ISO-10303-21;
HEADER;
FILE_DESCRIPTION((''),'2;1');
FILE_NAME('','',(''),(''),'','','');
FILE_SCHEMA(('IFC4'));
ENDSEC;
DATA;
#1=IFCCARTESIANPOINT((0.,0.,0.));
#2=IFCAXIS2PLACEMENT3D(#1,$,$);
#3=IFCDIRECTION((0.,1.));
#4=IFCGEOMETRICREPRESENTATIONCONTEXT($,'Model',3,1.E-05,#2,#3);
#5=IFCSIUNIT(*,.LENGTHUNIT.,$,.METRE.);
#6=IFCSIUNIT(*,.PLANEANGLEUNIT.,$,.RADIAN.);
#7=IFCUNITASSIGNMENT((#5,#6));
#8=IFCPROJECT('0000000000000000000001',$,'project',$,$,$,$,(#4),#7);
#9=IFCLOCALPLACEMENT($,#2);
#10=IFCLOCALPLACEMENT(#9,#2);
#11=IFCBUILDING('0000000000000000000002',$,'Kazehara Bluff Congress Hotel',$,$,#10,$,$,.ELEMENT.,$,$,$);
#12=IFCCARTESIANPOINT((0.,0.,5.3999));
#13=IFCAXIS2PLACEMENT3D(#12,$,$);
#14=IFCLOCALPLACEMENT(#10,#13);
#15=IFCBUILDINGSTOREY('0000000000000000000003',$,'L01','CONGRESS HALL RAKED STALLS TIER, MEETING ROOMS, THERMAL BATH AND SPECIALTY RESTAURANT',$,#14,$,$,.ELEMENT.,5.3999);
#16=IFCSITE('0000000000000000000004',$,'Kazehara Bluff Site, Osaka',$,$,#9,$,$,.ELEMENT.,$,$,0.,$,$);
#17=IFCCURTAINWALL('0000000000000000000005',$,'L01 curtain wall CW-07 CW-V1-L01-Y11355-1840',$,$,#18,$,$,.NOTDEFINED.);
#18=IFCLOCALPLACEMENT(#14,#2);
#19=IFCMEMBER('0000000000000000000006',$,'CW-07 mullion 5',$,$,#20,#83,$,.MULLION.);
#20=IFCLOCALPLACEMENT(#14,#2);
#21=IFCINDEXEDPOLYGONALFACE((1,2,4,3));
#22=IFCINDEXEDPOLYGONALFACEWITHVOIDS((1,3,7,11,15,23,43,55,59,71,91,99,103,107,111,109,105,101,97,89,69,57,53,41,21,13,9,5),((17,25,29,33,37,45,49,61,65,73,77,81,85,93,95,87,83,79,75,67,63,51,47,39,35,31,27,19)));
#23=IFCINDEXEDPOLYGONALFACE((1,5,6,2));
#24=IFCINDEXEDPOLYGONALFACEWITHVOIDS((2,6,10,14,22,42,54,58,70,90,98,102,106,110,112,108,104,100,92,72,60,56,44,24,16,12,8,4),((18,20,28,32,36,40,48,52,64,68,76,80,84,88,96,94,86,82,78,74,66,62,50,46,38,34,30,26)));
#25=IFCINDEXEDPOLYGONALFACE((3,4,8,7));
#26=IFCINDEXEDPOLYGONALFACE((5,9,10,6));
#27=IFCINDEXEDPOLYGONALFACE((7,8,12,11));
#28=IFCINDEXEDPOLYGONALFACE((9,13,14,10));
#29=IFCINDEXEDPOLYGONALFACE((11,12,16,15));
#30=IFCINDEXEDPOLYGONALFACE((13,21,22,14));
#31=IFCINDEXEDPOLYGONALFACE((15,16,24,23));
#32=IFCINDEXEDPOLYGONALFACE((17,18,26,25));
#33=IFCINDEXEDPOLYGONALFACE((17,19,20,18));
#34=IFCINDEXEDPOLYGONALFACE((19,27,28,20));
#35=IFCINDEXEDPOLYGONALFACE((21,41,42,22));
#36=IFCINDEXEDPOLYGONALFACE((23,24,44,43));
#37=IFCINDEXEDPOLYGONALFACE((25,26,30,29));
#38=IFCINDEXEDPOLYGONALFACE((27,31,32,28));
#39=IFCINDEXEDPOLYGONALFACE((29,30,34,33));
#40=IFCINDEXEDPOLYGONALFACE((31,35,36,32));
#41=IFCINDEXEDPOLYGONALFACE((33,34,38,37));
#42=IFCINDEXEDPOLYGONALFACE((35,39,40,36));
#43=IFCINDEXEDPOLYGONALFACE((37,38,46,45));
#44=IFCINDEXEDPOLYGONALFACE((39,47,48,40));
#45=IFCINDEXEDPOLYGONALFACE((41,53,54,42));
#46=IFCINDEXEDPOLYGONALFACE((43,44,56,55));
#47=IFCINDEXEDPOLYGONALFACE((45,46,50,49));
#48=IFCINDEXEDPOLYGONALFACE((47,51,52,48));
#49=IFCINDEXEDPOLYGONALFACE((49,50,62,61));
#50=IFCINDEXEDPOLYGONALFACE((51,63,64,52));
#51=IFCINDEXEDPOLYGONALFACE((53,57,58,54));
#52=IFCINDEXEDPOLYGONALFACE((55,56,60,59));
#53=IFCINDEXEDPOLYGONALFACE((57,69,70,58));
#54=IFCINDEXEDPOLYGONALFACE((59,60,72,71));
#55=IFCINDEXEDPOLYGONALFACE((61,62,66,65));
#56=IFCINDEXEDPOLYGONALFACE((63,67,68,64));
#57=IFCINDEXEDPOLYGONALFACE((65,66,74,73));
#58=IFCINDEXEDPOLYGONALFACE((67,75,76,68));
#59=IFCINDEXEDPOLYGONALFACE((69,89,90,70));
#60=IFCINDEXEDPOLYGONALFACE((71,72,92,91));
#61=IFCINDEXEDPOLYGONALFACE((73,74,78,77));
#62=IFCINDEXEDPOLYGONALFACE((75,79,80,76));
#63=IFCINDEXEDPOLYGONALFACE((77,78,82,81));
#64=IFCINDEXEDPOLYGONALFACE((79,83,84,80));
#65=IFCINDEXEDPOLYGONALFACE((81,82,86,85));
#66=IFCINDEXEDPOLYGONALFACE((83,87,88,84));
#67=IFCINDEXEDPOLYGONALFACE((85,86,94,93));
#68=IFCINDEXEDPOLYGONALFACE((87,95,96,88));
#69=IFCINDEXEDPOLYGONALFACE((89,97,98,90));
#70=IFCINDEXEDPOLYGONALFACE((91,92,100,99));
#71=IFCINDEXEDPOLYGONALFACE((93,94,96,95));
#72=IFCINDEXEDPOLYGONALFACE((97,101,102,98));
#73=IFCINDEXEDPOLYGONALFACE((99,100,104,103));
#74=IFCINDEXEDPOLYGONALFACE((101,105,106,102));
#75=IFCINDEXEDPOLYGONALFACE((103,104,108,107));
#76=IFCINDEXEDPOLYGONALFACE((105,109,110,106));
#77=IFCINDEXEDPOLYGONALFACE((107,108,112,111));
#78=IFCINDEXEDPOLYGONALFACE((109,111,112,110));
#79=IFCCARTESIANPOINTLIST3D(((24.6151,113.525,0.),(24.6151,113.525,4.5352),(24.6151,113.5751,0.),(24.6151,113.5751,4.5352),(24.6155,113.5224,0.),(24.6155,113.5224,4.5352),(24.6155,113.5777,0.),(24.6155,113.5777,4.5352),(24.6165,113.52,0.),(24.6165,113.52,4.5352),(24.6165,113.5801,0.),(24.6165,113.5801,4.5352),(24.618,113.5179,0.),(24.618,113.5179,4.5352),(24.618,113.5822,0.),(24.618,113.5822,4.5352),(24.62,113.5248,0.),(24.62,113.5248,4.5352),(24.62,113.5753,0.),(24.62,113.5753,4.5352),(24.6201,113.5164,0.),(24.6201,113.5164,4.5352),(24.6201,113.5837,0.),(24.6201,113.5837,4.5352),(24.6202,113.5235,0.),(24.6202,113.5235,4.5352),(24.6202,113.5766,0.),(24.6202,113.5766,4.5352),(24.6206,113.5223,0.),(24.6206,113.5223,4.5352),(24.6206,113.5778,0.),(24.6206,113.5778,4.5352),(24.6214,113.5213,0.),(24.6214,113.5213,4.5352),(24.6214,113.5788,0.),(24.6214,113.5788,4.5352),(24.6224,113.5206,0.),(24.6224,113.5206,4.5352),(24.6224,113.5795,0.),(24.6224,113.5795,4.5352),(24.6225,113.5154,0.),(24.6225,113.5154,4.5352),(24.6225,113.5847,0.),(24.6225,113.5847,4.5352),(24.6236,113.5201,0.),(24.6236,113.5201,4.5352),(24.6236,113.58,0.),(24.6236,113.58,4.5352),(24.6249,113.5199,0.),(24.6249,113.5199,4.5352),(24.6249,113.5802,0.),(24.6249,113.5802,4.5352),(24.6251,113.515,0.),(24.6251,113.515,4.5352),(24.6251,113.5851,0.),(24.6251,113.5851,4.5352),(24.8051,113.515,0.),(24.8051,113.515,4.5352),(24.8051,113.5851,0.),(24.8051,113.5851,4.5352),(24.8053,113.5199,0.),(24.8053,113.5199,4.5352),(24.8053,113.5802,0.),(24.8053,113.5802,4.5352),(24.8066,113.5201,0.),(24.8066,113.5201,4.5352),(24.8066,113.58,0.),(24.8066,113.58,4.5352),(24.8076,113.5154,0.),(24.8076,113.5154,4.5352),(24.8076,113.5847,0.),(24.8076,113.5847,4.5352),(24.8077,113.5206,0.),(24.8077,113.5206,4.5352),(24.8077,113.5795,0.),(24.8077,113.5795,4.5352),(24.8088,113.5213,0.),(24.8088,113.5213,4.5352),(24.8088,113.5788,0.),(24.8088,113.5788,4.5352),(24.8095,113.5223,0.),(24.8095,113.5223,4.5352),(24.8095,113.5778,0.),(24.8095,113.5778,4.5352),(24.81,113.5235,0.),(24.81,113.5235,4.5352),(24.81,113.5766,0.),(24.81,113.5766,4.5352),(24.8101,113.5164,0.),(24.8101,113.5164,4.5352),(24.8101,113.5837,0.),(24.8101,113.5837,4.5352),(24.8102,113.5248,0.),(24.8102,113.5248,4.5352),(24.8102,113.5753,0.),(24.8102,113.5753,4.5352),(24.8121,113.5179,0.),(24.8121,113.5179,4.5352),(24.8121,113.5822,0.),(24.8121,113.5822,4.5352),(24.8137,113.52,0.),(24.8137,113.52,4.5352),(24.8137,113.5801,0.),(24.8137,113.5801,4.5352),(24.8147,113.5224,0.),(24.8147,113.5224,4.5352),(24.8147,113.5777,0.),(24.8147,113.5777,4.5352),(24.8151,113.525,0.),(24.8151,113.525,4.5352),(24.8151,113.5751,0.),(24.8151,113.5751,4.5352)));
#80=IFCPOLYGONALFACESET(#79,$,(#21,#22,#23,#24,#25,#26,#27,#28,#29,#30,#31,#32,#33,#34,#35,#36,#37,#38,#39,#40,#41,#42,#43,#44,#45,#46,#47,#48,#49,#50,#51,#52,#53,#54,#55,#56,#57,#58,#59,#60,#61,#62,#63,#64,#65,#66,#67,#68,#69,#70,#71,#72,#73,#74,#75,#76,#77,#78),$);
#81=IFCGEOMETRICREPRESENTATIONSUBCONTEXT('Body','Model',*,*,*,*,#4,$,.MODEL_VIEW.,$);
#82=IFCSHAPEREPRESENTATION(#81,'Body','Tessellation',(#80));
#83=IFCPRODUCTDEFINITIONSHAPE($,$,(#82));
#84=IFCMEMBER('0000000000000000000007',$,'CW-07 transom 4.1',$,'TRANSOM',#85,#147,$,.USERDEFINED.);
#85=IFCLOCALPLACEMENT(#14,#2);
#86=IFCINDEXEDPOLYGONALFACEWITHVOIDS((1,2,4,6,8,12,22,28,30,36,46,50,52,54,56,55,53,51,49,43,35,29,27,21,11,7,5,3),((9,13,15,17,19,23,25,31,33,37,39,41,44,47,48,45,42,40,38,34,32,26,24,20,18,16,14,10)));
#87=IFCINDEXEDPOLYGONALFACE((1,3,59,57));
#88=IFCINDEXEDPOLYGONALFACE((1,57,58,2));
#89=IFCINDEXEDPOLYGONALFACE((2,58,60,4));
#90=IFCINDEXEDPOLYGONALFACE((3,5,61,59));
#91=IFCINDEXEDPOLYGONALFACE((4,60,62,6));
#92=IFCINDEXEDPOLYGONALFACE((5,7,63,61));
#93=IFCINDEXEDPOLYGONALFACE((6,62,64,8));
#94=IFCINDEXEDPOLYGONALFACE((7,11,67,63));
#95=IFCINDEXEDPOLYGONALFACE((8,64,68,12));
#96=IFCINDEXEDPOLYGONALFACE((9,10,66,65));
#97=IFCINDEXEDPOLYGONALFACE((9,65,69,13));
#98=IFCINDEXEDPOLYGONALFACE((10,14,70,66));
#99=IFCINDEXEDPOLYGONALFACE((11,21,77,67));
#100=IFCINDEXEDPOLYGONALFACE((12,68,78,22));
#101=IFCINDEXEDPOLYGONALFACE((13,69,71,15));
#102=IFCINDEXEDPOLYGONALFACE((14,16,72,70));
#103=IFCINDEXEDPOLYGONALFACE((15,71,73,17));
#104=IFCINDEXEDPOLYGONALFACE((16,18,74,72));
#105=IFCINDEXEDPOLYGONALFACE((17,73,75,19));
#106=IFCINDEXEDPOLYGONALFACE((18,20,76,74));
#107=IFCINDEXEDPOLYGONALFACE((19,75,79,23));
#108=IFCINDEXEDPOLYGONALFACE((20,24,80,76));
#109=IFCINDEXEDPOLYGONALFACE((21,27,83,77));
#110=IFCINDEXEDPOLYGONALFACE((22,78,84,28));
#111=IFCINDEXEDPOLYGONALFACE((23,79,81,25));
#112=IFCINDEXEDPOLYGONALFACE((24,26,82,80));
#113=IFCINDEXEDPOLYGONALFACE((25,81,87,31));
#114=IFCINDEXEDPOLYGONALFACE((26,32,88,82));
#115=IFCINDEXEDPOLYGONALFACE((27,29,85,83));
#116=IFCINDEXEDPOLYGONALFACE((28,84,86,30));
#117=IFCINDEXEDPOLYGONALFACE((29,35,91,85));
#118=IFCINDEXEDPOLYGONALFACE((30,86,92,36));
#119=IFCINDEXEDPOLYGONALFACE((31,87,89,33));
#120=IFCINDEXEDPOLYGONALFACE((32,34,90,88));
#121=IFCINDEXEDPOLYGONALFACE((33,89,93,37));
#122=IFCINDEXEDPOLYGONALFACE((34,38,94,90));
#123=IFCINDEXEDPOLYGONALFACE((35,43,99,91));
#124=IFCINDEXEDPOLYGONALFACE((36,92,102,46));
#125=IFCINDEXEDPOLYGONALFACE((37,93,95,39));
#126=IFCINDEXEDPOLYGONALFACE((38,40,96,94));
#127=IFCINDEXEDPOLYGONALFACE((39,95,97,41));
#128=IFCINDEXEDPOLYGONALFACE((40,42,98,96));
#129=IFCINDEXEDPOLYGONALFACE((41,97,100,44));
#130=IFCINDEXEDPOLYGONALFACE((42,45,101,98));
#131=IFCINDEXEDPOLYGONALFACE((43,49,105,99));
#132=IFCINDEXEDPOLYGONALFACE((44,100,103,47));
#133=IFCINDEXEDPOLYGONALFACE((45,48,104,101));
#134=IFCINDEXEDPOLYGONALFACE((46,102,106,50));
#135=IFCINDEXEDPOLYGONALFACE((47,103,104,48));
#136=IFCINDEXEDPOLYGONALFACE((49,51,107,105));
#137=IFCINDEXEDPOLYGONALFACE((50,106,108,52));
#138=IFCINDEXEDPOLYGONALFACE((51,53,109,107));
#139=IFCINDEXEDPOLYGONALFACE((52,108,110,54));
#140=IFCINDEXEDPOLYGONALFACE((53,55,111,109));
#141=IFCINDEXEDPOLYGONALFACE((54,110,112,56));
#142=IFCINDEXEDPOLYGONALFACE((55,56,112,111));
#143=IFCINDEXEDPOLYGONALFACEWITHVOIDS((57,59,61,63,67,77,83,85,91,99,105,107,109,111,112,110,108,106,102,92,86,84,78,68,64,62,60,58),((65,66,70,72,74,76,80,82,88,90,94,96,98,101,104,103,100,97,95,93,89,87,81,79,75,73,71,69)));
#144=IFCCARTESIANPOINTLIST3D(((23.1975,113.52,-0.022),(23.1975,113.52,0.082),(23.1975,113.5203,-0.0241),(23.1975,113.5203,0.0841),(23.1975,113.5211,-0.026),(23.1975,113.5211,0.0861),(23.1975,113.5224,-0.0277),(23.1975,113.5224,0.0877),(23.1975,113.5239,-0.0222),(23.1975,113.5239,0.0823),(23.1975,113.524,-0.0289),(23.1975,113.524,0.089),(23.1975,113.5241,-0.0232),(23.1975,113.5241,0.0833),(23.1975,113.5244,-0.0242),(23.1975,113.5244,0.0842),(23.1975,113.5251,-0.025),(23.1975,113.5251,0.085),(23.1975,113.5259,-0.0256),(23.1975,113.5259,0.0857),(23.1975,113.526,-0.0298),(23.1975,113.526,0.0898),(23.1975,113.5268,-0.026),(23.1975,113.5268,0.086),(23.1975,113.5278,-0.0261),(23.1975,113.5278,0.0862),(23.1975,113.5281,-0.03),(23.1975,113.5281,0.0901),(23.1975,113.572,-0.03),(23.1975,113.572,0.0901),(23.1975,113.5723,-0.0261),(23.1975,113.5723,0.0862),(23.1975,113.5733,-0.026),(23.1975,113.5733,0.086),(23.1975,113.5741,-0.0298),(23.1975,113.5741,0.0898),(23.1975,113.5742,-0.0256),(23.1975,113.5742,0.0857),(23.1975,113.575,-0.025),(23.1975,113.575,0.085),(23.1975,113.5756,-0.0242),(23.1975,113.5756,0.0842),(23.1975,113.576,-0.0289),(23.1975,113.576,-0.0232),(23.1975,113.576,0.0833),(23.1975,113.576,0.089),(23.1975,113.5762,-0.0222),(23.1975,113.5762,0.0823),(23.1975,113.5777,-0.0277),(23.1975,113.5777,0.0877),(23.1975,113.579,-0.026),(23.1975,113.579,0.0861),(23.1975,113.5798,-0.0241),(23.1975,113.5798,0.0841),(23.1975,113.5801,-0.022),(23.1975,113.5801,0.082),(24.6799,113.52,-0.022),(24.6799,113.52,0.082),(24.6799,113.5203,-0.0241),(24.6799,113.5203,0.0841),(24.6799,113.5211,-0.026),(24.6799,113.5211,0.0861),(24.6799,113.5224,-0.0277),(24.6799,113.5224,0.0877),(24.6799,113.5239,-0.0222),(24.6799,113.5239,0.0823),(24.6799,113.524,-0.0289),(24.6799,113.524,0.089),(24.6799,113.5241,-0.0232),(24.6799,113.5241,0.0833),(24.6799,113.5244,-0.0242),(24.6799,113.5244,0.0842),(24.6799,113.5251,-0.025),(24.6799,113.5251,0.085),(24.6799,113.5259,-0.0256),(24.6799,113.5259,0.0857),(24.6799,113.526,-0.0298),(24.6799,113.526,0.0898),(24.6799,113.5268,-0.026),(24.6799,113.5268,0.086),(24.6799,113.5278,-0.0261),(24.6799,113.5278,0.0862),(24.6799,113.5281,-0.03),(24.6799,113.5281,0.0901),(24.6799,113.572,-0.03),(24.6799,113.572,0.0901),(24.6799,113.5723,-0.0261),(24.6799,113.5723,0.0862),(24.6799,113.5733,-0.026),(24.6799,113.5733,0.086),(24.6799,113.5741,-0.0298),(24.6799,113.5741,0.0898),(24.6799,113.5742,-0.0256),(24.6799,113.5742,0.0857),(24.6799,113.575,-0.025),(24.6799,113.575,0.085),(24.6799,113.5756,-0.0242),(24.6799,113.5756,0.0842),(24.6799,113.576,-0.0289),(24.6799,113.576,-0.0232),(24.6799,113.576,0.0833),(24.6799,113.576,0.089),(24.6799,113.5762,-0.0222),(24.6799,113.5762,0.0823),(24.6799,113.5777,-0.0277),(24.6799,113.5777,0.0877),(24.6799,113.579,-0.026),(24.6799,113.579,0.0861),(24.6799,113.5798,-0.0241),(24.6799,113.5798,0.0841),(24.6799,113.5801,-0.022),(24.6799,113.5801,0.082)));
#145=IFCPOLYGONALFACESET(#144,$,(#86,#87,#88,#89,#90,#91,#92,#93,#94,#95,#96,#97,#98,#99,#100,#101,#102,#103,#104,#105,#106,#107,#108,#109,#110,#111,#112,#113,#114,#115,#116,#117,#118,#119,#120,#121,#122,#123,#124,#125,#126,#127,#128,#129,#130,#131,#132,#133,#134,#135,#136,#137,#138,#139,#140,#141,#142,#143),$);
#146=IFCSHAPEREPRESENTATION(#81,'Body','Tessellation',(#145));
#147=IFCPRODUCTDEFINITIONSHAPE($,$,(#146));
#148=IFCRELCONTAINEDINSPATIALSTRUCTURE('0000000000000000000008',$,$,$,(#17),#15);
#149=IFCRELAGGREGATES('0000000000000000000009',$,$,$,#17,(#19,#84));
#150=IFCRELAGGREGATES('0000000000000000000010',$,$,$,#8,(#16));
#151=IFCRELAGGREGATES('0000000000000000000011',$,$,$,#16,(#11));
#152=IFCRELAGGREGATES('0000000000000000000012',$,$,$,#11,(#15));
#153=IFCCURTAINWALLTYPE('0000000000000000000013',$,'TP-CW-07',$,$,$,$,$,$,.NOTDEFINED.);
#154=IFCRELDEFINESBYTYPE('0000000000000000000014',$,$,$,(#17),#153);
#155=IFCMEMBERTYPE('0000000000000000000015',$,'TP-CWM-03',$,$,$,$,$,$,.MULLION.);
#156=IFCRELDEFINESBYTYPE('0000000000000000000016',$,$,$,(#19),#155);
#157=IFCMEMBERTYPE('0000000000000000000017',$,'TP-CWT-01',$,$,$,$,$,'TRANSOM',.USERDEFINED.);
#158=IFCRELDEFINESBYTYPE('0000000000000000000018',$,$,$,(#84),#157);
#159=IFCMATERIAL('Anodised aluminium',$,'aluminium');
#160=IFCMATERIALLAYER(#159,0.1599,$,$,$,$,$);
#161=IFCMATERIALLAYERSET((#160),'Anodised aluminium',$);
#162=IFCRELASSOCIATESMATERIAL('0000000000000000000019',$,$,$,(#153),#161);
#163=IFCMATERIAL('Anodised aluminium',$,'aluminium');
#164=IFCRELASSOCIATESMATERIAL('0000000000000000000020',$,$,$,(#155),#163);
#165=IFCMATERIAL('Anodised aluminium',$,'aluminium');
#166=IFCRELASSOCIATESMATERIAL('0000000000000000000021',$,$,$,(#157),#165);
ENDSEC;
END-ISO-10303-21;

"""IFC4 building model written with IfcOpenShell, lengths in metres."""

from ifc_helpers import new_model, si_unit, direction, frame, origin, origin_2d, place, context, subcontext, project, spatial, hollow_rectangle, extrude, material, layer, layer_set, material_profile, profile_set, type_object, element, aggregate, save


model = new_model("IFC4")

# Units and contexts
model_context = context("Model", 3, precision=1e-05, world=origin(), true_north=direction((0.0, 1.0)))
body_context = subcontext(model_context, "Body", "Model", "MODEL_VIEW")
ifc_project = project(units=[si_unit("LENGTHUNIT", "METRE"), si_unit("PLANEANGLEUNIT", "RADIAN")], contexts=[model_context])

# Site, building, storey
site_placement = place(None, origin())
site = spatial("IfcSite", under=ifc_project, at=site_placement, Name="Kazehara Bluff Site, Osaka", CompositionType="ELEMENT", RefElevation=0.0)
building_placement = place(site_placement, origin())
building = spatial("IfcBuilding", under=site, at=building_placement, Name="Kazehara Bluff Congress Hotel", CompositionType="ELEMENT")
storey_placement = place(building_placement, frame((0.0, 0.0, 5.3999)))
storey = spatial("IfcBuildingStorey", under=building, at=storey_placement, Name="L01", Description="CONGRESS HALL RAKED STALLS TIER, MEETING ROOMS, THERMAL BATH AND SPECIALTY RESTAURANT", CompositionType="ELEMENT", Elevation=5.3999)

# Curtain wall, members
ifc_material_1 = material(Name="Anodised aluminium", Category="aluminium")
ifc_layer_1 = layer(ifc_material_1, 0.1599)
ifc_layer_set_1 = layer_set([ifc_layer_1], Name="Anodised aluminium")
curtain_wall_type_1 = type_object("IfcCurtainWallType", Name="TP-CW-07", PredefinedType="NOTDEFINED", material=ifc_layer_set_1)
curtain_wall_1_placement = place(storey_placement, origin())
curtain_wall_1 = element("IfcCurtainWall", 1, at=curtain_wall_1_placement, inside=storey, type_object=curtain_wall_type_1, Name="L01 curtain wall CW-07 CW-V1-L01-Y11355-1840", PredefinedType="NOTDEFINED")
ifc_material_2 = material(Name="Anodised aluminium", Category="aluminium")
ifc_material_profile_1 = material_profile(ifc_material_2, hollow_rectangle(XDim=0.0701, YDim=0.2, WallThickness=0.0049, InnerFilletRadius=0.0049, OuterFilletRadius=0.01, at=origin_2d()))
ifc_profile_set_1 = profile_set([ifc_material_profile_1], Name="Anodised aluminium")
member_type_1 = type_object("IfcMemberType", Name="TP-CWM-03", PredefinedType="MULLION", material=ifc_profile_set_1)
member_1_placement = place(storey_placement, frame((24.7151, 113.55, 0.0), z_axis=(0.0, 0.0, 1.0), x_axis=(0.0, 1.0, 0.0)))
member_1 = element("IfcMember", 2, at=member_1_placement, type_object=member_type_1, Name="CW-07 mullion 5", PredefinedType="MULLION", context=body_context, shape_type="SweptSolid", body=[
    extrude(hollow_rectangle(XDim=0.0701, YDim=0.2, WallThickness=0.0049, InnerFilletRadius=0.0049, OuterFilletRadius=0.01, at=origin_2d()), origin(), (0.0, 0.0, 1.0), 4.5352),
])
ifc_material_3 = material(Name="Anodised aluminium", Category="aluminium")
ifc_material_profile_2 = material_profile(ifc_material_3, hollow_rectangle(XDim=0.0601, YDim=0.1201, WallThickness=0.0039, InnerFilletRadius=0.0039, OuterFilletRadius=0.0081, at=origin_2d()))
ifc_profile_set_2 = profile_set([ifc_material_profile_2], Name="Anodised aluminium")
member_type_2 = type_object("IfcMemberType", Name="TP-CWT-01", ElementType="TRANSOM", PredefinedType="USERDEFINED", material=ifc_profile_set_2)
member_2_placement = place(storey_placement, frame((23.1975, 113.55, 0.03), z_axis=(1.0, 0.0, 0.0), x_axis=(0.0, 1.0, 0.0)))
member_2 = element("IfcMember", 3, at=member_2_placement, type_object=member_type_2, Name="CW-07 transom 4.1", ObjectType="TRANSOM", PredefinedType="USERDEFINED", context=body_context, shape_type="SweptSolid", body=[
    extrude(hollow_rectangle(XDim=0.0601, YDim=0.1201, WallThickness=0.0039, InnerFilletRadius=0.0039, OuterFilletRadius=0.0081, at=origin_2d()), origin(), (0.0, 0.0, 1.0), 1.4824),
])

aggregate(curtain_wall_1, [member_1, member_2])

save(model, "model.ifc")
